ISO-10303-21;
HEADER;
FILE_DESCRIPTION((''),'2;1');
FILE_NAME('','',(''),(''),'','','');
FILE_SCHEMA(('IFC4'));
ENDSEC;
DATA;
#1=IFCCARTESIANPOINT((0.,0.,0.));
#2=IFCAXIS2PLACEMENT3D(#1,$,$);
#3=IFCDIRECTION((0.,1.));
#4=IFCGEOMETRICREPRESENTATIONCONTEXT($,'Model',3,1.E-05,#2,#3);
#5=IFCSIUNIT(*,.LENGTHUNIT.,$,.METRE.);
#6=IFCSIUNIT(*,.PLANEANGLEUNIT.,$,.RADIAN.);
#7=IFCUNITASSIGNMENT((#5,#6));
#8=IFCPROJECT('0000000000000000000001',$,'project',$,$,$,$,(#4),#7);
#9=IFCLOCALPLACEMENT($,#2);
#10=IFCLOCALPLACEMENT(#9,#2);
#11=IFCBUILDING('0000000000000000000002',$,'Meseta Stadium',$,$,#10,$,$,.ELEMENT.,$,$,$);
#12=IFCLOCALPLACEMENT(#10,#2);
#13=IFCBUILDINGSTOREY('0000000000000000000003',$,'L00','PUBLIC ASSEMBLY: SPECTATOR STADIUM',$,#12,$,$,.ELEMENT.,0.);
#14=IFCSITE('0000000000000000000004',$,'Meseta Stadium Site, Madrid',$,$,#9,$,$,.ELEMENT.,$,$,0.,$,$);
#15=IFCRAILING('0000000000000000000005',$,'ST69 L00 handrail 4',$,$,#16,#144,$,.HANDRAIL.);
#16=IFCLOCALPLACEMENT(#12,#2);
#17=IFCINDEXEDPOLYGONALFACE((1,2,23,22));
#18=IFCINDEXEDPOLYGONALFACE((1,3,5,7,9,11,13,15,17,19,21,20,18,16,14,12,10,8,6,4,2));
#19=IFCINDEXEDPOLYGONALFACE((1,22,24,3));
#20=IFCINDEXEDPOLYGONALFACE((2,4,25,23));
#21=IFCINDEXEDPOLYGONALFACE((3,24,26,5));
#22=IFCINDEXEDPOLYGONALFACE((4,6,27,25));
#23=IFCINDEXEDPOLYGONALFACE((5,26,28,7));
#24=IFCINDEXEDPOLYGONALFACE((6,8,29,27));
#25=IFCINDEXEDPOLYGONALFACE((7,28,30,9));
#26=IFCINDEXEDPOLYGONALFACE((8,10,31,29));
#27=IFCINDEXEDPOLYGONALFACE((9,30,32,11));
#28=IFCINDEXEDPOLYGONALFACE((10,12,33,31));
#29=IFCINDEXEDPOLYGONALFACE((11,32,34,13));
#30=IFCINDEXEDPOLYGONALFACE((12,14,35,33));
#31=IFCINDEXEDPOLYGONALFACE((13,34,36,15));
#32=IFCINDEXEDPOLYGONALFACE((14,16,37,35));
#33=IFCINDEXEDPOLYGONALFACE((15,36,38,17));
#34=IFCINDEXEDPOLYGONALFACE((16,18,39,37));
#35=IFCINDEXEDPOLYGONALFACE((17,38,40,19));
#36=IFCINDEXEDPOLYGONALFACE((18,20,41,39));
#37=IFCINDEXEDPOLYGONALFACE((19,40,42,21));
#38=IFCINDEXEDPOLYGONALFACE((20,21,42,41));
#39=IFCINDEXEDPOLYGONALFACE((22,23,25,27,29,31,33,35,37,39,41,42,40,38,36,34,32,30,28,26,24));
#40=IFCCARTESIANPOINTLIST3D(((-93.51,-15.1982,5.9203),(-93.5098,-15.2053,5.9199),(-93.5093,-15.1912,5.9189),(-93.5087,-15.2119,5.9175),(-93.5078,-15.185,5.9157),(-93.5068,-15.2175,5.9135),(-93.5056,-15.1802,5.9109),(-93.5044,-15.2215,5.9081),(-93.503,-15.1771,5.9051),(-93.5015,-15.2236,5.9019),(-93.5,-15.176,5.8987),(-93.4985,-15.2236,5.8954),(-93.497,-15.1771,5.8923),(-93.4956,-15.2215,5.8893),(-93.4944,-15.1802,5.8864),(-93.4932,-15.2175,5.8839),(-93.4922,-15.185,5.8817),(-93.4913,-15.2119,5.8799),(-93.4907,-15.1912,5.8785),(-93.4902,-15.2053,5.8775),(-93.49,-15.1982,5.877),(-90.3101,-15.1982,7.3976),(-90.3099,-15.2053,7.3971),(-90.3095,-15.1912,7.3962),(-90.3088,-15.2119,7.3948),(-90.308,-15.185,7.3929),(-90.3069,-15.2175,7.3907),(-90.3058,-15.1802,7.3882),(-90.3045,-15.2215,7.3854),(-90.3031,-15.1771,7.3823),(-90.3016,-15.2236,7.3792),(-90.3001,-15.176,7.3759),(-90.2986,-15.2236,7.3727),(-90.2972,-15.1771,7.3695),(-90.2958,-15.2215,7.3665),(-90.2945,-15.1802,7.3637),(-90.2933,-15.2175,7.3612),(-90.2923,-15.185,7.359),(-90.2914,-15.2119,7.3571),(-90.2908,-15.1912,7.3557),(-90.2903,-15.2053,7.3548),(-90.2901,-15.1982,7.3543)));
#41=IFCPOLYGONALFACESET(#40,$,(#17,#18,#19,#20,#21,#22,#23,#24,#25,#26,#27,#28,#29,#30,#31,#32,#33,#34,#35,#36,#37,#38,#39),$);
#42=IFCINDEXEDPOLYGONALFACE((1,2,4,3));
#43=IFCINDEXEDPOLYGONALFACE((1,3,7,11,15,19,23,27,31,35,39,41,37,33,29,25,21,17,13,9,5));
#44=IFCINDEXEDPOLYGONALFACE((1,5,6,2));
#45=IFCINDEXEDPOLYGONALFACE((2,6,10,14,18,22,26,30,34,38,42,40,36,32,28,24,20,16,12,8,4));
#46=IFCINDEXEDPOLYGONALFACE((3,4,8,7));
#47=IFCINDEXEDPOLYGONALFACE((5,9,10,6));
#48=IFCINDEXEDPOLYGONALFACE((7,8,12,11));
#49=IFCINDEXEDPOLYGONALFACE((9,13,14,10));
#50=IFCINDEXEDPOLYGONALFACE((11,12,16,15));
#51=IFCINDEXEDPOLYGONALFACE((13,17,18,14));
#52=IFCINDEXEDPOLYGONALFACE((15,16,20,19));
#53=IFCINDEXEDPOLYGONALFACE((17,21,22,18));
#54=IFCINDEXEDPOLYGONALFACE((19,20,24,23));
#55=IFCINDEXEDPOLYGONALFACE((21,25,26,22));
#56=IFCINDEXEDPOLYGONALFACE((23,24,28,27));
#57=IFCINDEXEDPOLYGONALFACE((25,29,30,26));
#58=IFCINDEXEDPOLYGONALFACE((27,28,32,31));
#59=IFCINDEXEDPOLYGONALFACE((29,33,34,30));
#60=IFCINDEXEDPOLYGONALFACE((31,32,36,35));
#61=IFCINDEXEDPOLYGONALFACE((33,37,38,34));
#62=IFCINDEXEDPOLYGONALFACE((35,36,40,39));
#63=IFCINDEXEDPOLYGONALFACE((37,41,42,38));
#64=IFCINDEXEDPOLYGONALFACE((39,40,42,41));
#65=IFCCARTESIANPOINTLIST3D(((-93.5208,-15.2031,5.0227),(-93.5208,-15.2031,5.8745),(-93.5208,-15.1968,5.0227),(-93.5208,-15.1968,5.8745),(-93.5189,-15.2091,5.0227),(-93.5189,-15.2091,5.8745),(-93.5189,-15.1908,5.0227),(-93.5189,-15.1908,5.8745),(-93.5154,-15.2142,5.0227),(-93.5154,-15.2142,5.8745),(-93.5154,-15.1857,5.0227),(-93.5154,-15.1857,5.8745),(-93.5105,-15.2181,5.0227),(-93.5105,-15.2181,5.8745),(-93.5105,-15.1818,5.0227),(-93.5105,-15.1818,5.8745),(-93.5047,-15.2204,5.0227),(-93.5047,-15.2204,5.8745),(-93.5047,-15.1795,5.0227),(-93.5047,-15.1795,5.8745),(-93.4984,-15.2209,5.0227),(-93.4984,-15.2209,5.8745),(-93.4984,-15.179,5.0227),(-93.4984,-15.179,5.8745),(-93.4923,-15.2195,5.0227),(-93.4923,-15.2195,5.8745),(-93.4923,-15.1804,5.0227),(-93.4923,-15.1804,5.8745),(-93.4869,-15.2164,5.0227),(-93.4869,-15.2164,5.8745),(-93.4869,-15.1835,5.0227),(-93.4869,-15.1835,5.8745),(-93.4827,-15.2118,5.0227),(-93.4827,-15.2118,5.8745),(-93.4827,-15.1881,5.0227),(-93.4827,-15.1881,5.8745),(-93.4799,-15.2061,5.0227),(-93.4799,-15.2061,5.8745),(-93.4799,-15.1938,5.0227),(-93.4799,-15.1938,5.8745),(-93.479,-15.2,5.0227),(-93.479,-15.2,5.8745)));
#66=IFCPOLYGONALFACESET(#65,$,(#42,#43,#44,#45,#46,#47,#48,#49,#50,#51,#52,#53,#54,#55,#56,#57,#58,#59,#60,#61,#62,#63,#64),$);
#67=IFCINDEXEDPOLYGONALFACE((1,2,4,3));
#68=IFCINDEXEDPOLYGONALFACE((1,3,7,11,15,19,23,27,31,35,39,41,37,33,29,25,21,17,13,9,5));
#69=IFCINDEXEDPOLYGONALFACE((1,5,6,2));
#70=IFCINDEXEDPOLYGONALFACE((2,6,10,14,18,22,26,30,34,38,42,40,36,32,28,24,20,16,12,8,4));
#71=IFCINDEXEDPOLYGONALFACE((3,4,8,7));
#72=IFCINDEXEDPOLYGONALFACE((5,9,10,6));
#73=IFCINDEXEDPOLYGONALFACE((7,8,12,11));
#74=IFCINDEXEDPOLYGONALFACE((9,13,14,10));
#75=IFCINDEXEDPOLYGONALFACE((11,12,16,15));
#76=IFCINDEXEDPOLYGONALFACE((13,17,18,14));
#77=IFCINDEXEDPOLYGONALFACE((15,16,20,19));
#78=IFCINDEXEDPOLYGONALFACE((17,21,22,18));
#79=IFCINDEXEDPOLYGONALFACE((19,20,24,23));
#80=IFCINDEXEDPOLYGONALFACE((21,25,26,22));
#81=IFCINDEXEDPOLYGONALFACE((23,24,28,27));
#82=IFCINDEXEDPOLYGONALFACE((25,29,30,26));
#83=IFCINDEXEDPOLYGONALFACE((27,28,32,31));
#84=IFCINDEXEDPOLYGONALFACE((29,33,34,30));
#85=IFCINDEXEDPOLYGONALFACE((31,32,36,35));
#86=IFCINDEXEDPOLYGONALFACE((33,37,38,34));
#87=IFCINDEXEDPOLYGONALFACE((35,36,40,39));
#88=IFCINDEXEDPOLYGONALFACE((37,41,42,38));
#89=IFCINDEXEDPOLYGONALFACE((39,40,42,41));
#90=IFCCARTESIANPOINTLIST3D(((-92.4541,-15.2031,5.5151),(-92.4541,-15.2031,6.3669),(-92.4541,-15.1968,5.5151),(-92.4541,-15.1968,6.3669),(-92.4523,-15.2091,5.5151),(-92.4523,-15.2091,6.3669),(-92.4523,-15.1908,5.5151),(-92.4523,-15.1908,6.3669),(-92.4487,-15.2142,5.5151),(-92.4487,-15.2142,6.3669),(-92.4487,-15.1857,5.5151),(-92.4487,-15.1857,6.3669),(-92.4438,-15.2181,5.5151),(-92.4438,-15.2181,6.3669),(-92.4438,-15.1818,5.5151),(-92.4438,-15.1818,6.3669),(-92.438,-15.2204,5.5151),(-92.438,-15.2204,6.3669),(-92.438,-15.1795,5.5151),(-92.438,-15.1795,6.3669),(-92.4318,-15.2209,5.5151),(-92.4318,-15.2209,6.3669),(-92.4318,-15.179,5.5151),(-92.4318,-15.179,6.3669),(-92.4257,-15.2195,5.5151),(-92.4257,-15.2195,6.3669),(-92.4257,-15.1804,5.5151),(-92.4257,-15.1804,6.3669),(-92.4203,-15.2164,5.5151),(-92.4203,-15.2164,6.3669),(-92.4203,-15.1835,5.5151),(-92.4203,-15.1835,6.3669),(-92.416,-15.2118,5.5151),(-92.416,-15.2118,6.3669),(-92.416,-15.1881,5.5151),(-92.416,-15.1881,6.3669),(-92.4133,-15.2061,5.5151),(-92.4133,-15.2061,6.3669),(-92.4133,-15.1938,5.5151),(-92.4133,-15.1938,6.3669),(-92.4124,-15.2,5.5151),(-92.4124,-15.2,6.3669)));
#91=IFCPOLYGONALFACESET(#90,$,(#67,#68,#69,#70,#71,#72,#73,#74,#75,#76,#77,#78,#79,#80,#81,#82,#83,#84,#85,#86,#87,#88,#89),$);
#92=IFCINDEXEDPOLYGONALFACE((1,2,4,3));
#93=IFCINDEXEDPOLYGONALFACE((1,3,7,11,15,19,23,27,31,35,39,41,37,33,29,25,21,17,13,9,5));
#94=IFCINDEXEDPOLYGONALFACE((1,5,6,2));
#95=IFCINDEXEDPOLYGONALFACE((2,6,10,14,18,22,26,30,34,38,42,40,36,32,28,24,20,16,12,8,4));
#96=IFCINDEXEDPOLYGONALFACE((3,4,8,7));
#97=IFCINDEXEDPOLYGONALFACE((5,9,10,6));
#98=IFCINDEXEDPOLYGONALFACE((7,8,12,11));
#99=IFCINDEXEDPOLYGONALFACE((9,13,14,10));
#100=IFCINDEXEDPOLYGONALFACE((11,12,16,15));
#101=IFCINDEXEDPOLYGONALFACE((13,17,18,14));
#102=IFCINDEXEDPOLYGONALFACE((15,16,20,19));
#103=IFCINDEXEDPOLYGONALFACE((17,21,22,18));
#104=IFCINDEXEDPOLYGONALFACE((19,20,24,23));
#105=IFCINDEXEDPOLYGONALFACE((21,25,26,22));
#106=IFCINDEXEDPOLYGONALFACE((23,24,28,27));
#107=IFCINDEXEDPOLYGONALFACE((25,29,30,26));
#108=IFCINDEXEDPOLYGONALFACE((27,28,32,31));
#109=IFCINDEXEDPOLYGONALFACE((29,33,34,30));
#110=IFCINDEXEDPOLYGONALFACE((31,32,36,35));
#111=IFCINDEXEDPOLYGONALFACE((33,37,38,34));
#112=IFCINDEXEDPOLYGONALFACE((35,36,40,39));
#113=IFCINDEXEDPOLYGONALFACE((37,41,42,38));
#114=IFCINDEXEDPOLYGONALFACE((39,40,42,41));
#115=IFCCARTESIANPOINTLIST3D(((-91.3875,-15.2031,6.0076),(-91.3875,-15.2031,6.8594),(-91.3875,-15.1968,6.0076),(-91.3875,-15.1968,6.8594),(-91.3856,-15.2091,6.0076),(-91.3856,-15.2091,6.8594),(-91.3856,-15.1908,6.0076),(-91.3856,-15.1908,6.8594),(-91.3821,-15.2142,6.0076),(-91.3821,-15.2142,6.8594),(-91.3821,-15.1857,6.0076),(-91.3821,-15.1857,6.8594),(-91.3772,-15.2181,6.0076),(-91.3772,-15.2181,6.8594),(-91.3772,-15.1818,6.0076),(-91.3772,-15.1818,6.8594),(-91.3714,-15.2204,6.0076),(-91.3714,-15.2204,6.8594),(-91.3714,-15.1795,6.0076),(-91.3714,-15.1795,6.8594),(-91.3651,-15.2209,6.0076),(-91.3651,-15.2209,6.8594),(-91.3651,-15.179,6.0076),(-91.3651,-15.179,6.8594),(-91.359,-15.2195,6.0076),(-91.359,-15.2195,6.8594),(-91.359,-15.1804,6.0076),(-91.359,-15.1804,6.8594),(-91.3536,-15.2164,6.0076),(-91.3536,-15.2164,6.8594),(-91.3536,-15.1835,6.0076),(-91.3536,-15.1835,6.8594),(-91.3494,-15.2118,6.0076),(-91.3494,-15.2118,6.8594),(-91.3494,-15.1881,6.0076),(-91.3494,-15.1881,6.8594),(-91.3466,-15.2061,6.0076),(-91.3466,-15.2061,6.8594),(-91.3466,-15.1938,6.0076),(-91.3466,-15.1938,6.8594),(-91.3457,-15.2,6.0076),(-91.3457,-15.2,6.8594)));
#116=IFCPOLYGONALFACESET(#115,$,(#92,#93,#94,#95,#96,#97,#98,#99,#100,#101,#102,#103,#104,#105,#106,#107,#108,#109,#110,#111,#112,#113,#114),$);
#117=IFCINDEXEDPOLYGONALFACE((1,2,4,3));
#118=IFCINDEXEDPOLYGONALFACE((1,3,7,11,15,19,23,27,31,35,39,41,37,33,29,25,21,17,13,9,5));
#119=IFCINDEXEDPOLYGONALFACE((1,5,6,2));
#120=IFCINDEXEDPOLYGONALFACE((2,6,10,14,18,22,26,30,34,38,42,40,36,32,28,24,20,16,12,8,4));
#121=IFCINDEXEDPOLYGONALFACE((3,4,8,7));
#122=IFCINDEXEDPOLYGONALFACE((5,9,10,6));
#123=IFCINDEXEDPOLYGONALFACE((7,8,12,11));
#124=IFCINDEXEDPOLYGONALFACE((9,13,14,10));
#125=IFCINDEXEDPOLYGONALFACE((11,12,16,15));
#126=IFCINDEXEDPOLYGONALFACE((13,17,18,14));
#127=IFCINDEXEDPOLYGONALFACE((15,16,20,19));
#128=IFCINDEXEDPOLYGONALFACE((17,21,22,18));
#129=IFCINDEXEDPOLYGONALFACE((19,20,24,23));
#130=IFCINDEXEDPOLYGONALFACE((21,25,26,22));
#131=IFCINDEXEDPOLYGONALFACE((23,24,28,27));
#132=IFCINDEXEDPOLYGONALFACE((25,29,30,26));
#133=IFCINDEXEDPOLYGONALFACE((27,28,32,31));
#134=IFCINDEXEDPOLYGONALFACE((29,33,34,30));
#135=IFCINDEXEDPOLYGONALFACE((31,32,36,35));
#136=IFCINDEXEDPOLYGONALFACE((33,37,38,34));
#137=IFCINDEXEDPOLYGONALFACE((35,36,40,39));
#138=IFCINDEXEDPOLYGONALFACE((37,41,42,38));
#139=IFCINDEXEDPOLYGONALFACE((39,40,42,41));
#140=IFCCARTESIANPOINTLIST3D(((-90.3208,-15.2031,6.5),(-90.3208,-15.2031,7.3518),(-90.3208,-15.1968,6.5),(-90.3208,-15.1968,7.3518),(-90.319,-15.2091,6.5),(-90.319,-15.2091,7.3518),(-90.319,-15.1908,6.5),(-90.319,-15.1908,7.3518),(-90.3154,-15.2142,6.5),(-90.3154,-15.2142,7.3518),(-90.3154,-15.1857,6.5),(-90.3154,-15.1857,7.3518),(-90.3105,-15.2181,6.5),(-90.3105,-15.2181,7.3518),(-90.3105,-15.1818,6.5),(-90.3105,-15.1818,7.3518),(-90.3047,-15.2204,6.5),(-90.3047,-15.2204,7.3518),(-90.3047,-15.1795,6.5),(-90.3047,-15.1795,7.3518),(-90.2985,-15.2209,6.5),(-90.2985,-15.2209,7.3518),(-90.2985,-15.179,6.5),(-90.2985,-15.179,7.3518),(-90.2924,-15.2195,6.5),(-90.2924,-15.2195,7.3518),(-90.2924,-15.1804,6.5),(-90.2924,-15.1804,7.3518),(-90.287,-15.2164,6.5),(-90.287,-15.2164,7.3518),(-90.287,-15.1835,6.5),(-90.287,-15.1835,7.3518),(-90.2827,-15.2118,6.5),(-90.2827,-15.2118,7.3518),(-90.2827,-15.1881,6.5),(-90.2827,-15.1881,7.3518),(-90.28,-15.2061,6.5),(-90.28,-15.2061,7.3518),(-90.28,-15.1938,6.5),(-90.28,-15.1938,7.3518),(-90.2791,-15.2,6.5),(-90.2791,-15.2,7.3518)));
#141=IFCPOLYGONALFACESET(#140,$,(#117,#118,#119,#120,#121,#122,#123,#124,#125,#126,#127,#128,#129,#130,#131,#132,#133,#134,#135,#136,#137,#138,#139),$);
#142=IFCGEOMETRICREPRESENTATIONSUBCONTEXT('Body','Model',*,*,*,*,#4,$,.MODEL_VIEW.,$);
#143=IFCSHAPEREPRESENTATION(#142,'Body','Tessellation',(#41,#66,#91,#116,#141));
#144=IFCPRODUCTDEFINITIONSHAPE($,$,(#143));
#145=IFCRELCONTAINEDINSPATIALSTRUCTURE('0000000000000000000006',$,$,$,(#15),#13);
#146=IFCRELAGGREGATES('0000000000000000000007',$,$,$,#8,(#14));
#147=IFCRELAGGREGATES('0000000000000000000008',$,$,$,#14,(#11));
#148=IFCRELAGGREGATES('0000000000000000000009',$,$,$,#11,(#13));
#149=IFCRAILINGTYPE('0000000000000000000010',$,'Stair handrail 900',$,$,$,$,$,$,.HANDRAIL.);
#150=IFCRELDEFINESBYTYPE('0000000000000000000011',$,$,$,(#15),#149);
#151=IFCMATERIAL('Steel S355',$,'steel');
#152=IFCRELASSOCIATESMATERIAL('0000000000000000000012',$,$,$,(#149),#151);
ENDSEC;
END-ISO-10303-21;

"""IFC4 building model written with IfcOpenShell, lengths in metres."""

from ifc_helpers import new_model, si_unit, direction, frame, origin, origin_2d, place, context, subcontext, project, spatial, circle, extrude, material, type_object, element, save


model = new_model("IFC4")

# Units and contexts
model_context = context("Model", 3, precision=1e-05, world=origin(), true_north=direction((0.0, 1.0)))
body_context = subcontext(model_context, "Body", "Model", "MODEL_VIEW")
ifc_project = project(units=[si_unit("LENGTHUNIT", "METRE"), si_unit("PLANEANGLEUNIT", "RADIAN")], contexts=[model_context])

# Site, building, storey
site_placement = place(None, origin())
site = spatial("IfcSite", under=ifc_project, at=site_placement, Name="Meseta Stadium Site, Madrid", CompositionType="ELEMENT", RefElevation=0.0)
building_placement = place(site_placement, origin())
building = spatial("IfcBuilding", under=site, at=building_placement, Name="Meseta Stadium", CompositionType="ELEMENT")
storey_placement = place(building_placement, origin())
storey = spatial("IfcBuildingStorey", under=building, at=storey_placement, Name="L00", Description="PUBLIC ASSEMBLY: SPECTATOR STADIUM", CompositionType="ELEMENT", Elevation=0.0)

# Railing
ifc_material_1 = material(Name="Steel S355", Category="steel")
railing_type_1 = type_object("IfcRailingType", Name="Stair handrail 900", PredefinedType="HANDRAIL", material=ifc_material_1)
for number, where, name in (
    (1, (-93.5, -15.2, 5.0227), "ST69 L00 handrail 4"),
):
    element("IfcRailing", number, at=place(storey_placement, frame(where)), inside=storey, type_object=railing_type_1, Name=name, PredefinedType="HANDRAIL", context=body_context, shape_type="SweptSolid", body=[
        extrude(circle(Radius=0.0239, at=origin_2d()), frame((0.0, 0.0, 0.876), z_axis=(0.907917, 0.0, 0.41915), x_axis=(0.0, 1.0, 0.0)), (0.0, 0.0, 1.0), 3.5244),
        extrude(circle(Radius=0.021, at=origin_2d()), origin(), (0.0, 0.0, 1.0), 0.8518),
        extrude(circle(Radius=0.021, at=origin_2d()), frame((1.0667, 0.0, 0.4924)), (0.0, 0.0, 1.0), 0.8518),
        extrude(circle(Radius=0.021, at=origin_2d()), frame((2.1333, 0.0, 0.9849)), (0.0, 0.0, 1.0), 0.8518),
        extrude(circle(Radius=0.021, at=origin_2d()), frame((3.2, 0.0, 1.4773)), (0.0, 0.0, 1.0), 0.8518),
    ])

save(model, "model.ifc")
